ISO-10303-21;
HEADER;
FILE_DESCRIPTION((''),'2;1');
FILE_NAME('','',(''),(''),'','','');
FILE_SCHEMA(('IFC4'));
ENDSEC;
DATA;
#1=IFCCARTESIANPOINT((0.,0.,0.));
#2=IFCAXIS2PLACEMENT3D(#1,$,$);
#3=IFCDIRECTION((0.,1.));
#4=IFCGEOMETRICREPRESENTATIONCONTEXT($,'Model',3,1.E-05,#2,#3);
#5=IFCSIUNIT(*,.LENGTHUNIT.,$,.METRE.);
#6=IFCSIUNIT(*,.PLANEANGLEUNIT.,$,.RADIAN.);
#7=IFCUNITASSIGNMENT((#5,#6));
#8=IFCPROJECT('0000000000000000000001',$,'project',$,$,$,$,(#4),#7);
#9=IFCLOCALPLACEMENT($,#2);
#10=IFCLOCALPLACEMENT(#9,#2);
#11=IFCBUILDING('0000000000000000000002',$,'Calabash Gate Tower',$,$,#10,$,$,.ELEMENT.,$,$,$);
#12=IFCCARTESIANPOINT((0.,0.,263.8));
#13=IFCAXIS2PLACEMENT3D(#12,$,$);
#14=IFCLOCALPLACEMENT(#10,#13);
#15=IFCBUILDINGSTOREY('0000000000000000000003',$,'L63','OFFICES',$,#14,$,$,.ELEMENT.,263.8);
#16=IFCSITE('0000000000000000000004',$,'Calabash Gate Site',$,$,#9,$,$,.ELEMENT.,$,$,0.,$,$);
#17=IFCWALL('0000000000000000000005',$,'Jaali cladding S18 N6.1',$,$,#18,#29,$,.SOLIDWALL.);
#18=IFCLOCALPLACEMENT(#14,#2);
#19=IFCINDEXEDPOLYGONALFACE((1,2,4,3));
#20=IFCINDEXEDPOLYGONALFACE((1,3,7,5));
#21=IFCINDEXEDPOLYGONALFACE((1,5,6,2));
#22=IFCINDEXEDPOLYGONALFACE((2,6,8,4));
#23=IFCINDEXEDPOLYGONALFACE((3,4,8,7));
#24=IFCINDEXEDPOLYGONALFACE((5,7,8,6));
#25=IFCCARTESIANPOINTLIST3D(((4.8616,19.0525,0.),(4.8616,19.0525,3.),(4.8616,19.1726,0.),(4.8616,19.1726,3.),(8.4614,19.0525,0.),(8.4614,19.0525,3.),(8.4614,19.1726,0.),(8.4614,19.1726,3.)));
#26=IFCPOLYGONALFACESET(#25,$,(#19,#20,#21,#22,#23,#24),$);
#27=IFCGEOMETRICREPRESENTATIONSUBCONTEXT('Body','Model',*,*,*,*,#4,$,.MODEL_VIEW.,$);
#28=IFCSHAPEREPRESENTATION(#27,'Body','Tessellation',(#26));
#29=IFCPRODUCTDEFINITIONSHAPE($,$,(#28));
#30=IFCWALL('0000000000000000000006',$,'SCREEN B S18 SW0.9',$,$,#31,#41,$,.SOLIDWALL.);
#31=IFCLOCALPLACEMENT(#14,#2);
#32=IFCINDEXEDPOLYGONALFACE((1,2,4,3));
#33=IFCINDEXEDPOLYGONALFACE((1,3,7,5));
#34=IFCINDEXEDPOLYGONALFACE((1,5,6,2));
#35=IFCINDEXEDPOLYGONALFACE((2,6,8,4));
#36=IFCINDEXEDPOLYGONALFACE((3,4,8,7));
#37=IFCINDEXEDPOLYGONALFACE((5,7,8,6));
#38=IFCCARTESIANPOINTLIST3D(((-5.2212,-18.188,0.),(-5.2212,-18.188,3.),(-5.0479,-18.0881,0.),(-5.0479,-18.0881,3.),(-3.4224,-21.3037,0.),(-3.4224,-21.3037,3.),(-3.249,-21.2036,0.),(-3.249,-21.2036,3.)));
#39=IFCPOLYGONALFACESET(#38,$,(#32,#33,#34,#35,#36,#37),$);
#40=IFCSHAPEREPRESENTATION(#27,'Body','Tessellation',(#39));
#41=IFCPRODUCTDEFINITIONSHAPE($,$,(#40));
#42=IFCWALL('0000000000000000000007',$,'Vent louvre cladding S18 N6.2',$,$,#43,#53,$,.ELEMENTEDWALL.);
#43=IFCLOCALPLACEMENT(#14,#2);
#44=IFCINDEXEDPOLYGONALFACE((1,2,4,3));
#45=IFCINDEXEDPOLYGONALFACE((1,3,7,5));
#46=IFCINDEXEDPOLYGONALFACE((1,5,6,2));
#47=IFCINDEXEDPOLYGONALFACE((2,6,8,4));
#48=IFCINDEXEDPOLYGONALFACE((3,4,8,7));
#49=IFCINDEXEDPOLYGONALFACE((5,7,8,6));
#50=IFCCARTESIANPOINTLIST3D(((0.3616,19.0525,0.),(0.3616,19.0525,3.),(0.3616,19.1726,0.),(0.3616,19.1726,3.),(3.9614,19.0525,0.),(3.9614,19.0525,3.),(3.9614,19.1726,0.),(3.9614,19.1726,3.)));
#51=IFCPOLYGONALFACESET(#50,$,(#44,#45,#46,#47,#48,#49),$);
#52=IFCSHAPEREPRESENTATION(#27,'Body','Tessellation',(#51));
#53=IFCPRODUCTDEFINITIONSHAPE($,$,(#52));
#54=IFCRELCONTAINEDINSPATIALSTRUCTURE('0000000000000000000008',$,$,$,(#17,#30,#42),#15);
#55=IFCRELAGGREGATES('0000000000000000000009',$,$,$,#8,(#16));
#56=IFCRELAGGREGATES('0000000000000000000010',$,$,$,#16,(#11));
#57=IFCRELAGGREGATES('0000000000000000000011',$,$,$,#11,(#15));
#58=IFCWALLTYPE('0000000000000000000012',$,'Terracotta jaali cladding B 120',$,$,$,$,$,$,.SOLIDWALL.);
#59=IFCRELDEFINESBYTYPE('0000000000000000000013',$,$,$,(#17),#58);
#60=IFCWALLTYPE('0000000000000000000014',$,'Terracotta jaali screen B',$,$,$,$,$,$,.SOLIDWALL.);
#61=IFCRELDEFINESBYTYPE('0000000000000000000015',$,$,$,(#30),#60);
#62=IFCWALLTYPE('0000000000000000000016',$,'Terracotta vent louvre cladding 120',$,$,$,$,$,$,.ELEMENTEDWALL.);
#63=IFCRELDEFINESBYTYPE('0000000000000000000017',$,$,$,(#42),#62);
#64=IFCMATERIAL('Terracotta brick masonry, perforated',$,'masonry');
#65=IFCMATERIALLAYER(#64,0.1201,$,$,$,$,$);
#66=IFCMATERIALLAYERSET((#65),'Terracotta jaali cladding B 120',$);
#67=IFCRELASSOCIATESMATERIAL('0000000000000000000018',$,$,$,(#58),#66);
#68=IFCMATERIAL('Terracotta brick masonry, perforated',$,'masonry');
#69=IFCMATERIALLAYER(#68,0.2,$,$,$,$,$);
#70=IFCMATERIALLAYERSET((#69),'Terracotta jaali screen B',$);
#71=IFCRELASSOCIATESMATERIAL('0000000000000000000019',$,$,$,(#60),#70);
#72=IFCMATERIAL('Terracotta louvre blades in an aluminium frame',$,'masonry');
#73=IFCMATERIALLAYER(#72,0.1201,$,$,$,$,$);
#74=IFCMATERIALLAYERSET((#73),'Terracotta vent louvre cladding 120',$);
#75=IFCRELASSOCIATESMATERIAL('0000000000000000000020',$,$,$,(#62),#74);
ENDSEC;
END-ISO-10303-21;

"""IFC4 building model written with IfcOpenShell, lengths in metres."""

from ifc_helpers import new_model, si_unit, direction, frame, origin, place, context, subcontext, project, spatial, polyline, outline, extrude, material, layer, layer_set, type_object, element, save


model = new_model("IFC4")

# Units and contexts
model_context = context("Model", 3, precision=1e-05, world=origin(), true_north=direction((0.0, 1.0)))
body_context = subcontext(model_context, "Body", "Model", "MODEL_VIEW")
ifc_project = project(units=[si_unit("LENGTHUNIT", "METRE"), si_unit("PLANEANGLEUNIT", "RADIAN")], contexts=[model_context])

# Site, building, storey
site_placement = place(None, origin())
site = spatial("IfcSite", under=ifc_project, at=site_placement, Name="Calabash Gate Site", CompositionType="ELEMENT", RefElevation=0.0)
building_placement = place(site_placement, origin())
building = spatial("IfcBuilding", under=site, at=building_placement, Name="Calabash Gate Tower", CompositionType="ELEMENT")
storey_placement = place(building_placement, frame((0.0, 0.0, 263.8)))
storey = spatial("IfcBuildingStorey", under=building, at=storey_placement, Name="L63", Description="OFFICES", CompositionType="ELEMENT", Elevation=263.8)

# Walls
ifc_material_1 = material(Name="Terracotta brick masonry, perforated", Category="masonry")
ifc_layer_1 = layer(ifc_material_1, 0.1201)
ifc_layer_set_1 = layer_set([ifc_layer_1], Name="Terracotta jaali cladding B 120")
wall_type_1 = type_object("IfcWallType", Name="Terracotta jaali cladding B 120", PredefinedType="SOLIDWALL", material=ifc_layer_set_1)
wall_1_placement = place(storey_placement, origin())
element("IfcWall", 1, at=wall_1_placement, inside=storey, type_object=wall_type_1, Name="Jaali cladding S18 N6.1", PredefinedType="SOLIDWALL", context=body_context, shape_type="SweptSolid", body=[
    extrude(outline(polyline([(4.8616, 19.1726), (4.8616, 19.0525), (8.4614, 19.0525), (8.4614, 19.1726), (4.8616, 19.1726)])), origin(), (0.0, 0.0, 1.0), 3.0),
])
ifc_material_2 = material(Name="Terracotta brick masonry, perforated", Category="masonry")
ifc_layer_2 = layer(ifc_material_2, 0.2)
ifc_layer_set_2 = layer_set([ifc_layer_2], Name="Terracotta jaali screen B")
wall_type_2 = type_object("IfcWallType", Name="Terracotta jaali screen B", PredefinedType="SOLIDWALL", material=ifc_layer_set_2)
wall_2_placement = place(storey_placement, origin())
element("IfcWall", 2, at=wall_2_placement, inside=storey, type_object=wall_type_2, Name="SCREEN B S18 SW0.9", PredefinedType="SOLIDWALL", context=body_context, shape_type="SweptSolid", body=[
    extrude(outline(polyline([(-5.2212, -18.188), (-3.4224, -21.3037), (-3.249, -21.2036), (-5.0479, -18.0881), (-5.2212, -18.188)])), origin(), (0.0, 0.0, 1.0), 3.0),
])
ifc_material_3 = material(Name="Terracotta louvre blades in an aluminium frame", Category="masonry")
ifc_layer_3 = layer(ifc_material_3, 0.1201)
ifc_layer_set_3 = layer_set([ifc_layer_3], Name="Terracotta vent louvre cladding 120")
wall_type_3 = type_object("IfcWallType", Name="Terracotta vent louvre cladding 120", PredefinedType="ELEMENTEDWALL", material=ifc_layer_set_3)
wall_3_placement = place(storey_placement, origin())
element("IfcWall", 3, at=wall_3_placement, inside=storey, type_object=wall_type_3, Name="Vent louvre cladding S18 N6.2", PredefinedType="ELEMENTEDWALL", context=body_context, shape_type="SweptSolid", body=[
    extrude(outline(polyline([(0.3616, 19.1726), (0.3616, 19.0525), (3.9614, 19.0525), (3.9614, 19.1726), (0.3616, 19.1726)])), origin(), (0.0, 0.0, 1.0), 3.0),
])

save(model, "model.ifc")
